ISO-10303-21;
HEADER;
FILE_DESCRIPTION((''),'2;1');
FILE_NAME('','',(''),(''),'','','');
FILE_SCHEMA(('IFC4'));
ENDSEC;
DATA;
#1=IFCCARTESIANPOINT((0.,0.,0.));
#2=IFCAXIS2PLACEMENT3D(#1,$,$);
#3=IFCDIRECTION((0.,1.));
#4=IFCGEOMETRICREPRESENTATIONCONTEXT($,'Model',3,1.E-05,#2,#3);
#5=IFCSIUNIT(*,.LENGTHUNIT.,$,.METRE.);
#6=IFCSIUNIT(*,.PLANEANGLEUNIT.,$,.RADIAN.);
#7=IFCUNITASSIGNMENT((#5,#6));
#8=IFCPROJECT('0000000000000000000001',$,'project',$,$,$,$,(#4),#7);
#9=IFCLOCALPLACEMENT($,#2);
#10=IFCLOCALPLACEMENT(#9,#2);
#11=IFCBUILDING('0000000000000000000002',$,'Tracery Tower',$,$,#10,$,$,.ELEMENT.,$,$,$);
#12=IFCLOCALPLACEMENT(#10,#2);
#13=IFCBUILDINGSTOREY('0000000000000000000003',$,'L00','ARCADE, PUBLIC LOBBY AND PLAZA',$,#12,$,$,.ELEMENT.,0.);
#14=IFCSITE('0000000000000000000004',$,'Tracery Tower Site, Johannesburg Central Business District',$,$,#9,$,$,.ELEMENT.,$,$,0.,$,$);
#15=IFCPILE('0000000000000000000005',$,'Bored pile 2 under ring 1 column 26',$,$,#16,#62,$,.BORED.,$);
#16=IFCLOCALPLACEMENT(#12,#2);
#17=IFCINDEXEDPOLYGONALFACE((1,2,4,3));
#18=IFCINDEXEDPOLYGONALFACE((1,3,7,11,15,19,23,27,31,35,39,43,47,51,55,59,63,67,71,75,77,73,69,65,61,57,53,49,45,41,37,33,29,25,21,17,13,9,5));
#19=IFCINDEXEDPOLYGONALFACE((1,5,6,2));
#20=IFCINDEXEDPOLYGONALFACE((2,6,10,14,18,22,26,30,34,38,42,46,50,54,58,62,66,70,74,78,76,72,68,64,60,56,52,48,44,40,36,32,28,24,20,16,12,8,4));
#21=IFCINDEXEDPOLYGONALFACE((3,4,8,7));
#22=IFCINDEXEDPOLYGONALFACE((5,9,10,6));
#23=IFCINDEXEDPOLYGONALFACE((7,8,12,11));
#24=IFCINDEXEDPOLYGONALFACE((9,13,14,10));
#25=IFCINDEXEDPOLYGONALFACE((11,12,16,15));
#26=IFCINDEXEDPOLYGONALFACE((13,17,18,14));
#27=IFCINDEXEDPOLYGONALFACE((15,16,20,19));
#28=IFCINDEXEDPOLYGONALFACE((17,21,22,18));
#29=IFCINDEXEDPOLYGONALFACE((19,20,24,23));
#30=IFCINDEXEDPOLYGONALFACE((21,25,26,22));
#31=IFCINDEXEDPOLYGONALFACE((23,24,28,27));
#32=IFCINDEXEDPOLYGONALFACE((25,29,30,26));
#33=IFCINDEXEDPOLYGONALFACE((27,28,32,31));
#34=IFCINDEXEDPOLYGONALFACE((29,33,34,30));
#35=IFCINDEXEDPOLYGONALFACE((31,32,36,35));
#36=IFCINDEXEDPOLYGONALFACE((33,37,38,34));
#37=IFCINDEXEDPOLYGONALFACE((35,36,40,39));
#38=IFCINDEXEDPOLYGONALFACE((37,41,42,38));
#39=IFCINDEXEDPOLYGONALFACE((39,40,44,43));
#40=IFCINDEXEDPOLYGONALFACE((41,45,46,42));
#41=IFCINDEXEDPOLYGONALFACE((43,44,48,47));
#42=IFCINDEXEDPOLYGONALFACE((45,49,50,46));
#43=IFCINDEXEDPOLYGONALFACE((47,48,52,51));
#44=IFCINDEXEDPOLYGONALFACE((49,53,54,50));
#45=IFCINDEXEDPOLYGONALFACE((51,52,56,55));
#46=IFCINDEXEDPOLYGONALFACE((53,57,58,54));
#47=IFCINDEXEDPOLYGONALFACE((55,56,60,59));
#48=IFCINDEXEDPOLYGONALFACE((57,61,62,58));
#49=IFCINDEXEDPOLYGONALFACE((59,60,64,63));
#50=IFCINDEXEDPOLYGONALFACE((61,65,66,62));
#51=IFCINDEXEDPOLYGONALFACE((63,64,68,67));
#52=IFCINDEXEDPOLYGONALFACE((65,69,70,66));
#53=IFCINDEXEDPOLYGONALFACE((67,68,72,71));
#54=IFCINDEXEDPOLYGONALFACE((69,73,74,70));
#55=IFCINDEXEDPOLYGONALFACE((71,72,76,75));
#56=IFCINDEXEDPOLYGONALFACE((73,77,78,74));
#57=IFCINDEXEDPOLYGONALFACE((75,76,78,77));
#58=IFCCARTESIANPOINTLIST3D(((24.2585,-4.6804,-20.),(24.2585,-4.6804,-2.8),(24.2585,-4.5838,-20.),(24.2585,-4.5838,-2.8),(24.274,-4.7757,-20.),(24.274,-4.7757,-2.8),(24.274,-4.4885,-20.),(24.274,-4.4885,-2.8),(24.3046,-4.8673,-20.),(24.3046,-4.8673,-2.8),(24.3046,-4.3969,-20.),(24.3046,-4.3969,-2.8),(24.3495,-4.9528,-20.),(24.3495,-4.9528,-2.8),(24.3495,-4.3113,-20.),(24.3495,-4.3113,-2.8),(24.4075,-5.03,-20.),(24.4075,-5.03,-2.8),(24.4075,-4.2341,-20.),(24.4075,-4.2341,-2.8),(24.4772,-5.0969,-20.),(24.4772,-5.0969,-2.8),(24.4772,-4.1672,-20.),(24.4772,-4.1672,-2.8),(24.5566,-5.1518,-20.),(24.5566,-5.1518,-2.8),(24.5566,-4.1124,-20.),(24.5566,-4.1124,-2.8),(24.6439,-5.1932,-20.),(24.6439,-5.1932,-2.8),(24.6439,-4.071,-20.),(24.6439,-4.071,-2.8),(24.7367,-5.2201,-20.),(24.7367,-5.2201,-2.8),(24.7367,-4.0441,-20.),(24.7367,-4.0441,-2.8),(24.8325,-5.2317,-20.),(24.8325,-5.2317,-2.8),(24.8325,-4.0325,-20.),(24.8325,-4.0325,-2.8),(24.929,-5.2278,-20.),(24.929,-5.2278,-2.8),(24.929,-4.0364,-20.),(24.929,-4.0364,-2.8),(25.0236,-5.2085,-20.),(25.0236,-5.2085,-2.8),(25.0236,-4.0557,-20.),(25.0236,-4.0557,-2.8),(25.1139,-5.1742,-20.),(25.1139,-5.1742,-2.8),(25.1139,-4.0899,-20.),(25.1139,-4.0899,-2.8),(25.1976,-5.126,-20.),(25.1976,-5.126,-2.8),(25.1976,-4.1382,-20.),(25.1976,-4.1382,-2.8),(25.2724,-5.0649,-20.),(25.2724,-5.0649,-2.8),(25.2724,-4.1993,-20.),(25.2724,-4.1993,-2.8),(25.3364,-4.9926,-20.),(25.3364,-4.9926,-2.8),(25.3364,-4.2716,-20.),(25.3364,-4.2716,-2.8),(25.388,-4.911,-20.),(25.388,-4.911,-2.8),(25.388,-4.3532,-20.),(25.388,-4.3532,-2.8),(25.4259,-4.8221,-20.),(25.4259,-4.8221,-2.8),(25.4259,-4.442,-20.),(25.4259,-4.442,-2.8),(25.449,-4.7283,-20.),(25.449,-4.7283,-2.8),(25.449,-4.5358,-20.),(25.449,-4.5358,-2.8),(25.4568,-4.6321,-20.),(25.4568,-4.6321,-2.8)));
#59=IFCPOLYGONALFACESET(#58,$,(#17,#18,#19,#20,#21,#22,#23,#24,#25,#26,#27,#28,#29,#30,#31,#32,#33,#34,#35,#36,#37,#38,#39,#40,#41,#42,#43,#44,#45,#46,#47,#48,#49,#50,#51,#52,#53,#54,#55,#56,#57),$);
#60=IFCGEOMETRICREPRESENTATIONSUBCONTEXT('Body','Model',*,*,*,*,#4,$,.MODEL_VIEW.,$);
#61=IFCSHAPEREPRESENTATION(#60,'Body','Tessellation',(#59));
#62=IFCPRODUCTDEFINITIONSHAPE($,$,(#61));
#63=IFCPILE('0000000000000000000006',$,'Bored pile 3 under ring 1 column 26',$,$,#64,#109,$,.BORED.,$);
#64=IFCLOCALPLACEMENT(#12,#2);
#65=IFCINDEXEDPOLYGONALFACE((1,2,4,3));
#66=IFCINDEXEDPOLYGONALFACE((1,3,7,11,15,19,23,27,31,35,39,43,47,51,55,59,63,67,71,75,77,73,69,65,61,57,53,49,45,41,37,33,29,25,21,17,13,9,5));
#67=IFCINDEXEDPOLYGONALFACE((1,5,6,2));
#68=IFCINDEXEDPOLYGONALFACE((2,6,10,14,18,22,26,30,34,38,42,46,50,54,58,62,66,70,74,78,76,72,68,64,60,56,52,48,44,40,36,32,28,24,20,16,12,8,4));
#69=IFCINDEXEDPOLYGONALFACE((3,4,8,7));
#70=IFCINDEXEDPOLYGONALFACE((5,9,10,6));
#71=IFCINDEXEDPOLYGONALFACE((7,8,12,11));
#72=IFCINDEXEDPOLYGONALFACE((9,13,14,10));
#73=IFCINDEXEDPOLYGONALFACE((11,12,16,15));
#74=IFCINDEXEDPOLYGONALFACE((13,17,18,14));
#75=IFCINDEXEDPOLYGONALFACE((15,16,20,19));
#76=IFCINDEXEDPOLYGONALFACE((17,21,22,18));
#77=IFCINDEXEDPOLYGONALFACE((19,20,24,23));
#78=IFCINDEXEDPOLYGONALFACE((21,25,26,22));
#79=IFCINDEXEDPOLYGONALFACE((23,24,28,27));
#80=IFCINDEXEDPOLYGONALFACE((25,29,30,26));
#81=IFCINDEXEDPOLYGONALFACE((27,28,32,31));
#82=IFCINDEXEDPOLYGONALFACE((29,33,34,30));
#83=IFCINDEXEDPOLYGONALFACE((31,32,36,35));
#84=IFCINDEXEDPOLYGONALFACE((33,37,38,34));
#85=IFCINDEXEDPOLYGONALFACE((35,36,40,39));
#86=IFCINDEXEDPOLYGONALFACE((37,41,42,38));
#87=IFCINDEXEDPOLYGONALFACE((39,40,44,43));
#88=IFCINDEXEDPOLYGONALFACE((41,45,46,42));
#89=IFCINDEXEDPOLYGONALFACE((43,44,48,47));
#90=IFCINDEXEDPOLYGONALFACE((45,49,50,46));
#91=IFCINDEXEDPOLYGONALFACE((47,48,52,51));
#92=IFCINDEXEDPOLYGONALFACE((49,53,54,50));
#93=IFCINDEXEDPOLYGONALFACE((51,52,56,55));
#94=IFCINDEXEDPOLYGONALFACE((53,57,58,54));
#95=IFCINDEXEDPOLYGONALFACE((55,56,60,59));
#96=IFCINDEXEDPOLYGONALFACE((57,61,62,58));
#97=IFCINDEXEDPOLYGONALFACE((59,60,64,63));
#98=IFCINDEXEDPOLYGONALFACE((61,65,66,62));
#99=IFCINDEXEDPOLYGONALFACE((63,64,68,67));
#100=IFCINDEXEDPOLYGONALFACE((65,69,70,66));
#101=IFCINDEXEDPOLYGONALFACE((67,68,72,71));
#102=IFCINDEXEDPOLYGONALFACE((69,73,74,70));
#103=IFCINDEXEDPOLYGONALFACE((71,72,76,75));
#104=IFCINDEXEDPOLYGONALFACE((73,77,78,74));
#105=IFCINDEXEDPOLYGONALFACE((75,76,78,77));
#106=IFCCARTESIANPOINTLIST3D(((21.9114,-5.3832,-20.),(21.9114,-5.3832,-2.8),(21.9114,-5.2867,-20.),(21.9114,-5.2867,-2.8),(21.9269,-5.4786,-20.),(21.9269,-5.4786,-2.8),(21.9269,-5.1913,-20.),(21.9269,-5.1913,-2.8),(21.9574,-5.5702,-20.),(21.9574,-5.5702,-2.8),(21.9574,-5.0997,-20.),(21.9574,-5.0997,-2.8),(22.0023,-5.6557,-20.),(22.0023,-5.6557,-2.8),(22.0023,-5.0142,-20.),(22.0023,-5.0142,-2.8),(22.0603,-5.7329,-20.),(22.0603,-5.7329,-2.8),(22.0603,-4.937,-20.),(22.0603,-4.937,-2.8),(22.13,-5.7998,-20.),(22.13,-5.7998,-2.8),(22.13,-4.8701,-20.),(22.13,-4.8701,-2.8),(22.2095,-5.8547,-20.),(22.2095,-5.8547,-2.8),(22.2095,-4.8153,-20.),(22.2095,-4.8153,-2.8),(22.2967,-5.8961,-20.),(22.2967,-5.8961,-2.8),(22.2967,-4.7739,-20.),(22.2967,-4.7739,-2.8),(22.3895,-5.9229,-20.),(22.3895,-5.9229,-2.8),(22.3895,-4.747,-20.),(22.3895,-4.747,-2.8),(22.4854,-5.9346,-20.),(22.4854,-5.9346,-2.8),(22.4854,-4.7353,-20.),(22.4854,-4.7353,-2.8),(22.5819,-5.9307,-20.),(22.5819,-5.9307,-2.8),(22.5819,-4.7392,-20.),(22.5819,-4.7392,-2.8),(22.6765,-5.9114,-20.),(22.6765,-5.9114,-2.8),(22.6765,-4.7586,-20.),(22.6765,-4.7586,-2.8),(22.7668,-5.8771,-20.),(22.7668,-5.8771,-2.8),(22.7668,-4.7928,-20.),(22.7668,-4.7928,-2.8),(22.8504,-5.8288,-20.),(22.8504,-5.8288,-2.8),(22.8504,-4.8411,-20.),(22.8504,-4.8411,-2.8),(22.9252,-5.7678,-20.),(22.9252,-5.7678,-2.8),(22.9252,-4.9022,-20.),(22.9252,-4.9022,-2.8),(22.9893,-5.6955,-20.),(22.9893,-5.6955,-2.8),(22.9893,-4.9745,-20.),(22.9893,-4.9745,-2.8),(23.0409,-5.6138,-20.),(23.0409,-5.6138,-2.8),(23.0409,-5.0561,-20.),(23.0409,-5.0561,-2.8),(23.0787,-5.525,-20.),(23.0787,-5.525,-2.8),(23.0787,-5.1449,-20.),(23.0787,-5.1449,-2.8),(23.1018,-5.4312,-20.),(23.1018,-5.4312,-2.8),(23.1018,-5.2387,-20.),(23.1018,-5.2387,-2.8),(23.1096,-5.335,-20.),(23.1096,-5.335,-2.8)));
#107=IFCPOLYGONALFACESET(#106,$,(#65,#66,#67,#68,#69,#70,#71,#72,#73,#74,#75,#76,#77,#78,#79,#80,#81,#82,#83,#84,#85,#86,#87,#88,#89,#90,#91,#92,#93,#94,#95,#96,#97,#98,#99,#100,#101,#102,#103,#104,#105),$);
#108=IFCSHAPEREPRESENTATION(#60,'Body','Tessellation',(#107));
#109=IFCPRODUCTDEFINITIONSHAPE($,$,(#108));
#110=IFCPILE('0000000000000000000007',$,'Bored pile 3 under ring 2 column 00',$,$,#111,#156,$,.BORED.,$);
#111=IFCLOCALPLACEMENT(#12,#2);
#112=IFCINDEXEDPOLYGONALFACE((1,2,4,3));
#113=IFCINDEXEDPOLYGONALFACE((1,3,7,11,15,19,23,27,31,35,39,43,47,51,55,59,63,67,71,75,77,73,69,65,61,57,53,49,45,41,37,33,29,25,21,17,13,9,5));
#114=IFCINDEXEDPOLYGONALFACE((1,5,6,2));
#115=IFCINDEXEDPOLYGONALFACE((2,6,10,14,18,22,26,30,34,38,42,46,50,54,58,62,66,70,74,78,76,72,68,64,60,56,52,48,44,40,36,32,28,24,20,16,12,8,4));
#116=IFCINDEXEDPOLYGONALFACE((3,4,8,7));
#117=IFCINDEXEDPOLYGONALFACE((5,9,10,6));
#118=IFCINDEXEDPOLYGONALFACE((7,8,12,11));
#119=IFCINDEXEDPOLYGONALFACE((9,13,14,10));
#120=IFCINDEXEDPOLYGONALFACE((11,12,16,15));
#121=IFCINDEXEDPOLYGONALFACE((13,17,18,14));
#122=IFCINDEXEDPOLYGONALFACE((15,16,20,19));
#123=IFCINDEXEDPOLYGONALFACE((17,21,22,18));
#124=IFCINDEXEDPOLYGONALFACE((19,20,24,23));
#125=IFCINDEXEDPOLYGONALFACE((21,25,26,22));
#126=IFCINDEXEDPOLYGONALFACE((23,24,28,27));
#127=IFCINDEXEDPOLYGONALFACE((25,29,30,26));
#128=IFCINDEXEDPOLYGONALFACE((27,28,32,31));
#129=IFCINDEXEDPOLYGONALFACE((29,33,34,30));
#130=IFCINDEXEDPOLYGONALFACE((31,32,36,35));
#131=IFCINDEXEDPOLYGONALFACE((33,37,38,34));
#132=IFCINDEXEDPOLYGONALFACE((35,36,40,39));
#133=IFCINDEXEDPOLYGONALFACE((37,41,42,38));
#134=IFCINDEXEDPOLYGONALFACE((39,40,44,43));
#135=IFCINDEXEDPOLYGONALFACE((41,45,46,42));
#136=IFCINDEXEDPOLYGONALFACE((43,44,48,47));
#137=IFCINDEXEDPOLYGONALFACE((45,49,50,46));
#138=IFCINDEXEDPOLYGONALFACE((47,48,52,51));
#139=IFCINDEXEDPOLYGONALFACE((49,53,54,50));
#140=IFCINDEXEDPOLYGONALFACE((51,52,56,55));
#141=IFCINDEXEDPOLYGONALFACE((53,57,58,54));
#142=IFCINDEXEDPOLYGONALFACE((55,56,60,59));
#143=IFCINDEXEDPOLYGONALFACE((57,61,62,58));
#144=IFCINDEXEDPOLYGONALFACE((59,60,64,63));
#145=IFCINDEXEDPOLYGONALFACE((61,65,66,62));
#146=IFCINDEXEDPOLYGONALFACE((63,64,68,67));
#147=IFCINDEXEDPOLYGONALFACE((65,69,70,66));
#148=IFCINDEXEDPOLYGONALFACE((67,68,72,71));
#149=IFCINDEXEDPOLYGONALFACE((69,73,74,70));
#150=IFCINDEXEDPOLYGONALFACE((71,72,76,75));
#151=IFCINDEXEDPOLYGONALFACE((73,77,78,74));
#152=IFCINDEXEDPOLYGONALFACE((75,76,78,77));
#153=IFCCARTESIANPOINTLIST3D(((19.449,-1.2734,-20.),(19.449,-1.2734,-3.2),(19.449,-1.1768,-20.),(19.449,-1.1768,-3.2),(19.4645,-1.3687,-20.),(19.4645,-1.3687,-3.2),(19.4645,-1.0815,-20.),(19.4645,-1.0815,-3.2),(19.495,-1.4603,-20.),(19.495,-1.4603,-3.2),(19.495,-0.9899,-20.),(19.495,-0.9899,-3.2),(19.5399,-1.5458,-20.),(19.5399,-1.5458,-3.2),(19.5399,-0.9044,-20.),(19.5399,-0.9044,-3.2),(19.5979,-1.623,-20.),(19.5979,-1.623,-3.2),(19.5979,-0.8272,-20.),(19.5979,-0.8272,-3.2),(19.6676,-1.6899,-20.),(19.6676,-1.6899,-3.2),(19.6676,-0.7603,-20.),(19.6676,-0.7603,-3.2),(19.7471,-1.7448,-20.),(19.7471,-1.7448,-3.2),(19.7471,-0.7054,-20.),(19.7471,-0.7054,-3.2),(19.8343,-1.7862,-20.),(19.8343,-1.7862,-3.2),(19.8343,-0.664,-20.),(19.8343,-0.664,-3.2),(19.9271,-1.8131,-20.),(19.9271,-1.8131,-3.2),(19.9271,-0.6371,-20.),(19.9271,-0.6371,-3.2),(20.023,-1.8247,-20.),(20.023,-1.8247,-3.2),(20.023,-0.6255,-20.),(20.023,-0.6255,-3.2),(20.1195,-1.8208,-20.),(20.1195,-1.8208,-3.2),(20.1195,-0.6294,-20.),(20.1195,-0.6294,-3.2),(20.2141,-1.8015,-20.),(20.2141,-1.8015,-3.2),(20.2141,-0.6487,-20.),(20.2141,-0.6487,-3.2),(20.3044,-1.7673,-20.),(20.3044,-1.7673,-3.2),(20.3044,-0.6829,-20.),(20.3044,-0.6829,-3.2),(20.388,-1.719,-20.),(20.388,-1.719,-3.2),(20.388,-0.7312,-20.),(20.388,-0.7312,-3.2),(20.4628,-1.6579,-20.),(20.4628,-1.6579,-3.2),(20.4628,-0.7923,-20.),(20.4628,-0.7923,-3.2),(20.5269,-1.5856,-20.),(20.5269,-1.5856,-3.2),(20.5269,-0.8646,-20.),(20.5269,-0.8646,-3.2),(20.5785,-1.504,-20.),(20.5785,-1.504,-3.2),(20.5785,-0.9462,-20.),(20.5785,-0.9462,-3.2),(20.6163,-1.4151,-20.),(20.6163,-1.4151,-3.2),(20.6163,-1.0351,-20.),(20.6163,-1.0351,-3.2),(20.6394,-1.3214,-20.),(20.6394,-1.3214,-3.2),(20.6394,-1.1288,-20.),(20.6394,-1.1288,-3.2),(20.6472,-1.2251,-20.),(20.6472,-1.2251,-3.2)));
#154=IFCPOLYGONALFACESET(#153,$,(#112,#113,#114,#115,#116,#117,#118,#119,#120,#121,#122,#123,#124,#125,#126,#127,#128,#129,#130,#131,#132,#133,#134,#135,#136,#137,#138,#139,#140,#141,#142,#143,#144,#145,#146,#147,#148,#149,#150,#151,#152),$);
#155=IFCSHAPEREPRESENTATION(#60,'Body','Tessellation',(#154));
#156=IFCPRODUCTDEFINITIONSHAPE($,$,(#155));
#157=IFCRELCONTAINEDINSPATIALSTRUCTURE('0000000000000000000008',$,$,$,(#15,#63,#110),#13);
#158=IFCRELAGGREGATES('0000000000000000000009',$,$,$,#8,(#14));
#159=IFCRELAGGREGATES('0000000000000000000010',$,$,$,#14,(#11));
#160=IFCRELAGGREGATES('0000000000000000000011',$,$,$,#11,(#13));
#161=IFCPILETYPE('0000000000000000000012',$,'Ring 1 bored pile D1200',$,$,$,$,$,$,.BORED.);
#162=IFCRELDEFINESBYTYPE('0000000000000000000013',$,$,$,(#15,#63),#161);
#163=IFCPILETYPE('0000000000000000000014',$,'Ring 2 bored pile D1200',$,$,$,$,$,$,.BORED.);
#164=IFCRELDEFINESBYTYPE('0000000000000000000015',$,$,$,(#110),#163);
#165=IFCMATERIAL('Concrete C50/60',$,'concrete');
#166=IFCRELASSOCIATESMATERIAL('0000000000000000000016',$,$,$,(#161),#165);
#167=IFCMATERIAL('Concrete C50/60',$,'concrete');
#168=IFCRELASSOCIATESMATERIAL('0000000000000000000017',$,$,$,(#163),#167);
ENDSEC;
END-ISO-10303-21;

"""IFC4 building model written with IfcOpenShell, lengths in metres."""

from ifc_helpers import new_model, si_unit, direction, frame, origin, origin_2d, place, context, subcontext, project, spatial, circle, extrude, material, material_profile, profile_set, type_object, element, save


model = new_model("IFC4")

# Units and contexts
model_context = context("Model", 3, precision=1e-05, world=origin(), true_north=direction((0.0, 1.0)))
body_context = subcontext(model_context, "Body", "Model", "MODEL_VIEW")
ifc_project = project(units=[si_unit("LENGTHUNIT", "METRE"), si_unit("PLANEANGLEUNIT", "RADIAN")], contexts=[model_context])

# Site, building, storey
site_placement = place(None, origin())
site = spatial("IfcSite", under=ifc_project, at=site_placement, Name="Tracery Tower Site, Johannesburg Central Business District", CompositionType="ELEMENT", RefElevation=0.0)
building_placement = place(site_placement, origin())
building = spatial("IfcBuilding", under=site, at=building_placement, Name="Tracery Tower", CompositionType="ELEMENT")
storey_placement = place(building_placement, origin())
storey = spatial("IfcBuildingStorey", under=building, at=storey_placement, Name="L00", Description="ARCADE, PUBLIC LOBBY AND PLAZA", CompositionType="ELEMENT", Elevation=0.0)

# Piles
ifc_material_1 = material(Name="Concrete C50/60", Category="concrete")
ifc_material_profile_1 = material_profile(ifc_material_1, circle(Radius=0.6001, at=origin_2d()), Name="RC D1200")
ifc_profile_set_1 = profile_set([ifc_material_profile_1], Name="Concrete C50/60")
pile_type_1 = type_object("IfcPileType", Name="Ring 1 bored pile D1200", PredefinedType="BORED", material=ifc_profile_set_1)
for number, where, z_axis, x_axis, name in (
    (1, (24.8567, -4.6321, -2.8), (0.0, 0.0, -1.0), (1.0, 0.0, 0.0), "Bored pile 2 under ring 1 column 26"),
    (2, (22.5095, -5.335, -2.8), (0.0, 0.0, -1.0), (1.0, 0.0, 0.0), "Bored pile 3 under ring 1 column 26"),
):
    element("IfcPile", number, at=place(storey_placement, frame(where, z_axis=z_axis, x_axis=x_axis)), inside=storey, type_object=pile_type_1, Name=name, PredefinedType="BORED", context=body_context, shape_type="SweptSolid", body=[
        extrude(circle(Radius=0.6001, at=origin_2d()), origin(), (0.0, 0.0, 1.0), 17.2),
    ])
ifc_material_2 = material(Name="Concrete C50/60", Category="concrete")
ifc_material_profile_2 = material_profile(ifc_material_2, circle(Radius=0.6001, at=origin_2d()), Name="RC D1200")
ifc_profile_set_2 = profile_set([ifc_material_profile_2], Name="Concrete C50/60")
pile_type_2 = type_object("IfcPileType", Name="Ring 2 bored pile D1200", PredefinedType="BORED", material=ifc_profile_set_2)
pile_placement = place(storey_placement, frame((20.0471, -1.2251, -3.2), z_axis=(0.0, 0.0, -1.0), x_axis=(1.0, 0.0, 0.0)))
element("IfcPile", 3, at=pile_placement, inside=storey, type_object=pile_type_2, Name="Bored pile 3 under ring 2 column 00", PredefinedType="BORED", context=body_context, shape_type="SweptSolid", body=[
    extrude(circle(Radius=0.6001, at=origin_2d()), origin(), (0.0, 0.0, 1.0), 16.8),
])

save(model, "model.ifc")
